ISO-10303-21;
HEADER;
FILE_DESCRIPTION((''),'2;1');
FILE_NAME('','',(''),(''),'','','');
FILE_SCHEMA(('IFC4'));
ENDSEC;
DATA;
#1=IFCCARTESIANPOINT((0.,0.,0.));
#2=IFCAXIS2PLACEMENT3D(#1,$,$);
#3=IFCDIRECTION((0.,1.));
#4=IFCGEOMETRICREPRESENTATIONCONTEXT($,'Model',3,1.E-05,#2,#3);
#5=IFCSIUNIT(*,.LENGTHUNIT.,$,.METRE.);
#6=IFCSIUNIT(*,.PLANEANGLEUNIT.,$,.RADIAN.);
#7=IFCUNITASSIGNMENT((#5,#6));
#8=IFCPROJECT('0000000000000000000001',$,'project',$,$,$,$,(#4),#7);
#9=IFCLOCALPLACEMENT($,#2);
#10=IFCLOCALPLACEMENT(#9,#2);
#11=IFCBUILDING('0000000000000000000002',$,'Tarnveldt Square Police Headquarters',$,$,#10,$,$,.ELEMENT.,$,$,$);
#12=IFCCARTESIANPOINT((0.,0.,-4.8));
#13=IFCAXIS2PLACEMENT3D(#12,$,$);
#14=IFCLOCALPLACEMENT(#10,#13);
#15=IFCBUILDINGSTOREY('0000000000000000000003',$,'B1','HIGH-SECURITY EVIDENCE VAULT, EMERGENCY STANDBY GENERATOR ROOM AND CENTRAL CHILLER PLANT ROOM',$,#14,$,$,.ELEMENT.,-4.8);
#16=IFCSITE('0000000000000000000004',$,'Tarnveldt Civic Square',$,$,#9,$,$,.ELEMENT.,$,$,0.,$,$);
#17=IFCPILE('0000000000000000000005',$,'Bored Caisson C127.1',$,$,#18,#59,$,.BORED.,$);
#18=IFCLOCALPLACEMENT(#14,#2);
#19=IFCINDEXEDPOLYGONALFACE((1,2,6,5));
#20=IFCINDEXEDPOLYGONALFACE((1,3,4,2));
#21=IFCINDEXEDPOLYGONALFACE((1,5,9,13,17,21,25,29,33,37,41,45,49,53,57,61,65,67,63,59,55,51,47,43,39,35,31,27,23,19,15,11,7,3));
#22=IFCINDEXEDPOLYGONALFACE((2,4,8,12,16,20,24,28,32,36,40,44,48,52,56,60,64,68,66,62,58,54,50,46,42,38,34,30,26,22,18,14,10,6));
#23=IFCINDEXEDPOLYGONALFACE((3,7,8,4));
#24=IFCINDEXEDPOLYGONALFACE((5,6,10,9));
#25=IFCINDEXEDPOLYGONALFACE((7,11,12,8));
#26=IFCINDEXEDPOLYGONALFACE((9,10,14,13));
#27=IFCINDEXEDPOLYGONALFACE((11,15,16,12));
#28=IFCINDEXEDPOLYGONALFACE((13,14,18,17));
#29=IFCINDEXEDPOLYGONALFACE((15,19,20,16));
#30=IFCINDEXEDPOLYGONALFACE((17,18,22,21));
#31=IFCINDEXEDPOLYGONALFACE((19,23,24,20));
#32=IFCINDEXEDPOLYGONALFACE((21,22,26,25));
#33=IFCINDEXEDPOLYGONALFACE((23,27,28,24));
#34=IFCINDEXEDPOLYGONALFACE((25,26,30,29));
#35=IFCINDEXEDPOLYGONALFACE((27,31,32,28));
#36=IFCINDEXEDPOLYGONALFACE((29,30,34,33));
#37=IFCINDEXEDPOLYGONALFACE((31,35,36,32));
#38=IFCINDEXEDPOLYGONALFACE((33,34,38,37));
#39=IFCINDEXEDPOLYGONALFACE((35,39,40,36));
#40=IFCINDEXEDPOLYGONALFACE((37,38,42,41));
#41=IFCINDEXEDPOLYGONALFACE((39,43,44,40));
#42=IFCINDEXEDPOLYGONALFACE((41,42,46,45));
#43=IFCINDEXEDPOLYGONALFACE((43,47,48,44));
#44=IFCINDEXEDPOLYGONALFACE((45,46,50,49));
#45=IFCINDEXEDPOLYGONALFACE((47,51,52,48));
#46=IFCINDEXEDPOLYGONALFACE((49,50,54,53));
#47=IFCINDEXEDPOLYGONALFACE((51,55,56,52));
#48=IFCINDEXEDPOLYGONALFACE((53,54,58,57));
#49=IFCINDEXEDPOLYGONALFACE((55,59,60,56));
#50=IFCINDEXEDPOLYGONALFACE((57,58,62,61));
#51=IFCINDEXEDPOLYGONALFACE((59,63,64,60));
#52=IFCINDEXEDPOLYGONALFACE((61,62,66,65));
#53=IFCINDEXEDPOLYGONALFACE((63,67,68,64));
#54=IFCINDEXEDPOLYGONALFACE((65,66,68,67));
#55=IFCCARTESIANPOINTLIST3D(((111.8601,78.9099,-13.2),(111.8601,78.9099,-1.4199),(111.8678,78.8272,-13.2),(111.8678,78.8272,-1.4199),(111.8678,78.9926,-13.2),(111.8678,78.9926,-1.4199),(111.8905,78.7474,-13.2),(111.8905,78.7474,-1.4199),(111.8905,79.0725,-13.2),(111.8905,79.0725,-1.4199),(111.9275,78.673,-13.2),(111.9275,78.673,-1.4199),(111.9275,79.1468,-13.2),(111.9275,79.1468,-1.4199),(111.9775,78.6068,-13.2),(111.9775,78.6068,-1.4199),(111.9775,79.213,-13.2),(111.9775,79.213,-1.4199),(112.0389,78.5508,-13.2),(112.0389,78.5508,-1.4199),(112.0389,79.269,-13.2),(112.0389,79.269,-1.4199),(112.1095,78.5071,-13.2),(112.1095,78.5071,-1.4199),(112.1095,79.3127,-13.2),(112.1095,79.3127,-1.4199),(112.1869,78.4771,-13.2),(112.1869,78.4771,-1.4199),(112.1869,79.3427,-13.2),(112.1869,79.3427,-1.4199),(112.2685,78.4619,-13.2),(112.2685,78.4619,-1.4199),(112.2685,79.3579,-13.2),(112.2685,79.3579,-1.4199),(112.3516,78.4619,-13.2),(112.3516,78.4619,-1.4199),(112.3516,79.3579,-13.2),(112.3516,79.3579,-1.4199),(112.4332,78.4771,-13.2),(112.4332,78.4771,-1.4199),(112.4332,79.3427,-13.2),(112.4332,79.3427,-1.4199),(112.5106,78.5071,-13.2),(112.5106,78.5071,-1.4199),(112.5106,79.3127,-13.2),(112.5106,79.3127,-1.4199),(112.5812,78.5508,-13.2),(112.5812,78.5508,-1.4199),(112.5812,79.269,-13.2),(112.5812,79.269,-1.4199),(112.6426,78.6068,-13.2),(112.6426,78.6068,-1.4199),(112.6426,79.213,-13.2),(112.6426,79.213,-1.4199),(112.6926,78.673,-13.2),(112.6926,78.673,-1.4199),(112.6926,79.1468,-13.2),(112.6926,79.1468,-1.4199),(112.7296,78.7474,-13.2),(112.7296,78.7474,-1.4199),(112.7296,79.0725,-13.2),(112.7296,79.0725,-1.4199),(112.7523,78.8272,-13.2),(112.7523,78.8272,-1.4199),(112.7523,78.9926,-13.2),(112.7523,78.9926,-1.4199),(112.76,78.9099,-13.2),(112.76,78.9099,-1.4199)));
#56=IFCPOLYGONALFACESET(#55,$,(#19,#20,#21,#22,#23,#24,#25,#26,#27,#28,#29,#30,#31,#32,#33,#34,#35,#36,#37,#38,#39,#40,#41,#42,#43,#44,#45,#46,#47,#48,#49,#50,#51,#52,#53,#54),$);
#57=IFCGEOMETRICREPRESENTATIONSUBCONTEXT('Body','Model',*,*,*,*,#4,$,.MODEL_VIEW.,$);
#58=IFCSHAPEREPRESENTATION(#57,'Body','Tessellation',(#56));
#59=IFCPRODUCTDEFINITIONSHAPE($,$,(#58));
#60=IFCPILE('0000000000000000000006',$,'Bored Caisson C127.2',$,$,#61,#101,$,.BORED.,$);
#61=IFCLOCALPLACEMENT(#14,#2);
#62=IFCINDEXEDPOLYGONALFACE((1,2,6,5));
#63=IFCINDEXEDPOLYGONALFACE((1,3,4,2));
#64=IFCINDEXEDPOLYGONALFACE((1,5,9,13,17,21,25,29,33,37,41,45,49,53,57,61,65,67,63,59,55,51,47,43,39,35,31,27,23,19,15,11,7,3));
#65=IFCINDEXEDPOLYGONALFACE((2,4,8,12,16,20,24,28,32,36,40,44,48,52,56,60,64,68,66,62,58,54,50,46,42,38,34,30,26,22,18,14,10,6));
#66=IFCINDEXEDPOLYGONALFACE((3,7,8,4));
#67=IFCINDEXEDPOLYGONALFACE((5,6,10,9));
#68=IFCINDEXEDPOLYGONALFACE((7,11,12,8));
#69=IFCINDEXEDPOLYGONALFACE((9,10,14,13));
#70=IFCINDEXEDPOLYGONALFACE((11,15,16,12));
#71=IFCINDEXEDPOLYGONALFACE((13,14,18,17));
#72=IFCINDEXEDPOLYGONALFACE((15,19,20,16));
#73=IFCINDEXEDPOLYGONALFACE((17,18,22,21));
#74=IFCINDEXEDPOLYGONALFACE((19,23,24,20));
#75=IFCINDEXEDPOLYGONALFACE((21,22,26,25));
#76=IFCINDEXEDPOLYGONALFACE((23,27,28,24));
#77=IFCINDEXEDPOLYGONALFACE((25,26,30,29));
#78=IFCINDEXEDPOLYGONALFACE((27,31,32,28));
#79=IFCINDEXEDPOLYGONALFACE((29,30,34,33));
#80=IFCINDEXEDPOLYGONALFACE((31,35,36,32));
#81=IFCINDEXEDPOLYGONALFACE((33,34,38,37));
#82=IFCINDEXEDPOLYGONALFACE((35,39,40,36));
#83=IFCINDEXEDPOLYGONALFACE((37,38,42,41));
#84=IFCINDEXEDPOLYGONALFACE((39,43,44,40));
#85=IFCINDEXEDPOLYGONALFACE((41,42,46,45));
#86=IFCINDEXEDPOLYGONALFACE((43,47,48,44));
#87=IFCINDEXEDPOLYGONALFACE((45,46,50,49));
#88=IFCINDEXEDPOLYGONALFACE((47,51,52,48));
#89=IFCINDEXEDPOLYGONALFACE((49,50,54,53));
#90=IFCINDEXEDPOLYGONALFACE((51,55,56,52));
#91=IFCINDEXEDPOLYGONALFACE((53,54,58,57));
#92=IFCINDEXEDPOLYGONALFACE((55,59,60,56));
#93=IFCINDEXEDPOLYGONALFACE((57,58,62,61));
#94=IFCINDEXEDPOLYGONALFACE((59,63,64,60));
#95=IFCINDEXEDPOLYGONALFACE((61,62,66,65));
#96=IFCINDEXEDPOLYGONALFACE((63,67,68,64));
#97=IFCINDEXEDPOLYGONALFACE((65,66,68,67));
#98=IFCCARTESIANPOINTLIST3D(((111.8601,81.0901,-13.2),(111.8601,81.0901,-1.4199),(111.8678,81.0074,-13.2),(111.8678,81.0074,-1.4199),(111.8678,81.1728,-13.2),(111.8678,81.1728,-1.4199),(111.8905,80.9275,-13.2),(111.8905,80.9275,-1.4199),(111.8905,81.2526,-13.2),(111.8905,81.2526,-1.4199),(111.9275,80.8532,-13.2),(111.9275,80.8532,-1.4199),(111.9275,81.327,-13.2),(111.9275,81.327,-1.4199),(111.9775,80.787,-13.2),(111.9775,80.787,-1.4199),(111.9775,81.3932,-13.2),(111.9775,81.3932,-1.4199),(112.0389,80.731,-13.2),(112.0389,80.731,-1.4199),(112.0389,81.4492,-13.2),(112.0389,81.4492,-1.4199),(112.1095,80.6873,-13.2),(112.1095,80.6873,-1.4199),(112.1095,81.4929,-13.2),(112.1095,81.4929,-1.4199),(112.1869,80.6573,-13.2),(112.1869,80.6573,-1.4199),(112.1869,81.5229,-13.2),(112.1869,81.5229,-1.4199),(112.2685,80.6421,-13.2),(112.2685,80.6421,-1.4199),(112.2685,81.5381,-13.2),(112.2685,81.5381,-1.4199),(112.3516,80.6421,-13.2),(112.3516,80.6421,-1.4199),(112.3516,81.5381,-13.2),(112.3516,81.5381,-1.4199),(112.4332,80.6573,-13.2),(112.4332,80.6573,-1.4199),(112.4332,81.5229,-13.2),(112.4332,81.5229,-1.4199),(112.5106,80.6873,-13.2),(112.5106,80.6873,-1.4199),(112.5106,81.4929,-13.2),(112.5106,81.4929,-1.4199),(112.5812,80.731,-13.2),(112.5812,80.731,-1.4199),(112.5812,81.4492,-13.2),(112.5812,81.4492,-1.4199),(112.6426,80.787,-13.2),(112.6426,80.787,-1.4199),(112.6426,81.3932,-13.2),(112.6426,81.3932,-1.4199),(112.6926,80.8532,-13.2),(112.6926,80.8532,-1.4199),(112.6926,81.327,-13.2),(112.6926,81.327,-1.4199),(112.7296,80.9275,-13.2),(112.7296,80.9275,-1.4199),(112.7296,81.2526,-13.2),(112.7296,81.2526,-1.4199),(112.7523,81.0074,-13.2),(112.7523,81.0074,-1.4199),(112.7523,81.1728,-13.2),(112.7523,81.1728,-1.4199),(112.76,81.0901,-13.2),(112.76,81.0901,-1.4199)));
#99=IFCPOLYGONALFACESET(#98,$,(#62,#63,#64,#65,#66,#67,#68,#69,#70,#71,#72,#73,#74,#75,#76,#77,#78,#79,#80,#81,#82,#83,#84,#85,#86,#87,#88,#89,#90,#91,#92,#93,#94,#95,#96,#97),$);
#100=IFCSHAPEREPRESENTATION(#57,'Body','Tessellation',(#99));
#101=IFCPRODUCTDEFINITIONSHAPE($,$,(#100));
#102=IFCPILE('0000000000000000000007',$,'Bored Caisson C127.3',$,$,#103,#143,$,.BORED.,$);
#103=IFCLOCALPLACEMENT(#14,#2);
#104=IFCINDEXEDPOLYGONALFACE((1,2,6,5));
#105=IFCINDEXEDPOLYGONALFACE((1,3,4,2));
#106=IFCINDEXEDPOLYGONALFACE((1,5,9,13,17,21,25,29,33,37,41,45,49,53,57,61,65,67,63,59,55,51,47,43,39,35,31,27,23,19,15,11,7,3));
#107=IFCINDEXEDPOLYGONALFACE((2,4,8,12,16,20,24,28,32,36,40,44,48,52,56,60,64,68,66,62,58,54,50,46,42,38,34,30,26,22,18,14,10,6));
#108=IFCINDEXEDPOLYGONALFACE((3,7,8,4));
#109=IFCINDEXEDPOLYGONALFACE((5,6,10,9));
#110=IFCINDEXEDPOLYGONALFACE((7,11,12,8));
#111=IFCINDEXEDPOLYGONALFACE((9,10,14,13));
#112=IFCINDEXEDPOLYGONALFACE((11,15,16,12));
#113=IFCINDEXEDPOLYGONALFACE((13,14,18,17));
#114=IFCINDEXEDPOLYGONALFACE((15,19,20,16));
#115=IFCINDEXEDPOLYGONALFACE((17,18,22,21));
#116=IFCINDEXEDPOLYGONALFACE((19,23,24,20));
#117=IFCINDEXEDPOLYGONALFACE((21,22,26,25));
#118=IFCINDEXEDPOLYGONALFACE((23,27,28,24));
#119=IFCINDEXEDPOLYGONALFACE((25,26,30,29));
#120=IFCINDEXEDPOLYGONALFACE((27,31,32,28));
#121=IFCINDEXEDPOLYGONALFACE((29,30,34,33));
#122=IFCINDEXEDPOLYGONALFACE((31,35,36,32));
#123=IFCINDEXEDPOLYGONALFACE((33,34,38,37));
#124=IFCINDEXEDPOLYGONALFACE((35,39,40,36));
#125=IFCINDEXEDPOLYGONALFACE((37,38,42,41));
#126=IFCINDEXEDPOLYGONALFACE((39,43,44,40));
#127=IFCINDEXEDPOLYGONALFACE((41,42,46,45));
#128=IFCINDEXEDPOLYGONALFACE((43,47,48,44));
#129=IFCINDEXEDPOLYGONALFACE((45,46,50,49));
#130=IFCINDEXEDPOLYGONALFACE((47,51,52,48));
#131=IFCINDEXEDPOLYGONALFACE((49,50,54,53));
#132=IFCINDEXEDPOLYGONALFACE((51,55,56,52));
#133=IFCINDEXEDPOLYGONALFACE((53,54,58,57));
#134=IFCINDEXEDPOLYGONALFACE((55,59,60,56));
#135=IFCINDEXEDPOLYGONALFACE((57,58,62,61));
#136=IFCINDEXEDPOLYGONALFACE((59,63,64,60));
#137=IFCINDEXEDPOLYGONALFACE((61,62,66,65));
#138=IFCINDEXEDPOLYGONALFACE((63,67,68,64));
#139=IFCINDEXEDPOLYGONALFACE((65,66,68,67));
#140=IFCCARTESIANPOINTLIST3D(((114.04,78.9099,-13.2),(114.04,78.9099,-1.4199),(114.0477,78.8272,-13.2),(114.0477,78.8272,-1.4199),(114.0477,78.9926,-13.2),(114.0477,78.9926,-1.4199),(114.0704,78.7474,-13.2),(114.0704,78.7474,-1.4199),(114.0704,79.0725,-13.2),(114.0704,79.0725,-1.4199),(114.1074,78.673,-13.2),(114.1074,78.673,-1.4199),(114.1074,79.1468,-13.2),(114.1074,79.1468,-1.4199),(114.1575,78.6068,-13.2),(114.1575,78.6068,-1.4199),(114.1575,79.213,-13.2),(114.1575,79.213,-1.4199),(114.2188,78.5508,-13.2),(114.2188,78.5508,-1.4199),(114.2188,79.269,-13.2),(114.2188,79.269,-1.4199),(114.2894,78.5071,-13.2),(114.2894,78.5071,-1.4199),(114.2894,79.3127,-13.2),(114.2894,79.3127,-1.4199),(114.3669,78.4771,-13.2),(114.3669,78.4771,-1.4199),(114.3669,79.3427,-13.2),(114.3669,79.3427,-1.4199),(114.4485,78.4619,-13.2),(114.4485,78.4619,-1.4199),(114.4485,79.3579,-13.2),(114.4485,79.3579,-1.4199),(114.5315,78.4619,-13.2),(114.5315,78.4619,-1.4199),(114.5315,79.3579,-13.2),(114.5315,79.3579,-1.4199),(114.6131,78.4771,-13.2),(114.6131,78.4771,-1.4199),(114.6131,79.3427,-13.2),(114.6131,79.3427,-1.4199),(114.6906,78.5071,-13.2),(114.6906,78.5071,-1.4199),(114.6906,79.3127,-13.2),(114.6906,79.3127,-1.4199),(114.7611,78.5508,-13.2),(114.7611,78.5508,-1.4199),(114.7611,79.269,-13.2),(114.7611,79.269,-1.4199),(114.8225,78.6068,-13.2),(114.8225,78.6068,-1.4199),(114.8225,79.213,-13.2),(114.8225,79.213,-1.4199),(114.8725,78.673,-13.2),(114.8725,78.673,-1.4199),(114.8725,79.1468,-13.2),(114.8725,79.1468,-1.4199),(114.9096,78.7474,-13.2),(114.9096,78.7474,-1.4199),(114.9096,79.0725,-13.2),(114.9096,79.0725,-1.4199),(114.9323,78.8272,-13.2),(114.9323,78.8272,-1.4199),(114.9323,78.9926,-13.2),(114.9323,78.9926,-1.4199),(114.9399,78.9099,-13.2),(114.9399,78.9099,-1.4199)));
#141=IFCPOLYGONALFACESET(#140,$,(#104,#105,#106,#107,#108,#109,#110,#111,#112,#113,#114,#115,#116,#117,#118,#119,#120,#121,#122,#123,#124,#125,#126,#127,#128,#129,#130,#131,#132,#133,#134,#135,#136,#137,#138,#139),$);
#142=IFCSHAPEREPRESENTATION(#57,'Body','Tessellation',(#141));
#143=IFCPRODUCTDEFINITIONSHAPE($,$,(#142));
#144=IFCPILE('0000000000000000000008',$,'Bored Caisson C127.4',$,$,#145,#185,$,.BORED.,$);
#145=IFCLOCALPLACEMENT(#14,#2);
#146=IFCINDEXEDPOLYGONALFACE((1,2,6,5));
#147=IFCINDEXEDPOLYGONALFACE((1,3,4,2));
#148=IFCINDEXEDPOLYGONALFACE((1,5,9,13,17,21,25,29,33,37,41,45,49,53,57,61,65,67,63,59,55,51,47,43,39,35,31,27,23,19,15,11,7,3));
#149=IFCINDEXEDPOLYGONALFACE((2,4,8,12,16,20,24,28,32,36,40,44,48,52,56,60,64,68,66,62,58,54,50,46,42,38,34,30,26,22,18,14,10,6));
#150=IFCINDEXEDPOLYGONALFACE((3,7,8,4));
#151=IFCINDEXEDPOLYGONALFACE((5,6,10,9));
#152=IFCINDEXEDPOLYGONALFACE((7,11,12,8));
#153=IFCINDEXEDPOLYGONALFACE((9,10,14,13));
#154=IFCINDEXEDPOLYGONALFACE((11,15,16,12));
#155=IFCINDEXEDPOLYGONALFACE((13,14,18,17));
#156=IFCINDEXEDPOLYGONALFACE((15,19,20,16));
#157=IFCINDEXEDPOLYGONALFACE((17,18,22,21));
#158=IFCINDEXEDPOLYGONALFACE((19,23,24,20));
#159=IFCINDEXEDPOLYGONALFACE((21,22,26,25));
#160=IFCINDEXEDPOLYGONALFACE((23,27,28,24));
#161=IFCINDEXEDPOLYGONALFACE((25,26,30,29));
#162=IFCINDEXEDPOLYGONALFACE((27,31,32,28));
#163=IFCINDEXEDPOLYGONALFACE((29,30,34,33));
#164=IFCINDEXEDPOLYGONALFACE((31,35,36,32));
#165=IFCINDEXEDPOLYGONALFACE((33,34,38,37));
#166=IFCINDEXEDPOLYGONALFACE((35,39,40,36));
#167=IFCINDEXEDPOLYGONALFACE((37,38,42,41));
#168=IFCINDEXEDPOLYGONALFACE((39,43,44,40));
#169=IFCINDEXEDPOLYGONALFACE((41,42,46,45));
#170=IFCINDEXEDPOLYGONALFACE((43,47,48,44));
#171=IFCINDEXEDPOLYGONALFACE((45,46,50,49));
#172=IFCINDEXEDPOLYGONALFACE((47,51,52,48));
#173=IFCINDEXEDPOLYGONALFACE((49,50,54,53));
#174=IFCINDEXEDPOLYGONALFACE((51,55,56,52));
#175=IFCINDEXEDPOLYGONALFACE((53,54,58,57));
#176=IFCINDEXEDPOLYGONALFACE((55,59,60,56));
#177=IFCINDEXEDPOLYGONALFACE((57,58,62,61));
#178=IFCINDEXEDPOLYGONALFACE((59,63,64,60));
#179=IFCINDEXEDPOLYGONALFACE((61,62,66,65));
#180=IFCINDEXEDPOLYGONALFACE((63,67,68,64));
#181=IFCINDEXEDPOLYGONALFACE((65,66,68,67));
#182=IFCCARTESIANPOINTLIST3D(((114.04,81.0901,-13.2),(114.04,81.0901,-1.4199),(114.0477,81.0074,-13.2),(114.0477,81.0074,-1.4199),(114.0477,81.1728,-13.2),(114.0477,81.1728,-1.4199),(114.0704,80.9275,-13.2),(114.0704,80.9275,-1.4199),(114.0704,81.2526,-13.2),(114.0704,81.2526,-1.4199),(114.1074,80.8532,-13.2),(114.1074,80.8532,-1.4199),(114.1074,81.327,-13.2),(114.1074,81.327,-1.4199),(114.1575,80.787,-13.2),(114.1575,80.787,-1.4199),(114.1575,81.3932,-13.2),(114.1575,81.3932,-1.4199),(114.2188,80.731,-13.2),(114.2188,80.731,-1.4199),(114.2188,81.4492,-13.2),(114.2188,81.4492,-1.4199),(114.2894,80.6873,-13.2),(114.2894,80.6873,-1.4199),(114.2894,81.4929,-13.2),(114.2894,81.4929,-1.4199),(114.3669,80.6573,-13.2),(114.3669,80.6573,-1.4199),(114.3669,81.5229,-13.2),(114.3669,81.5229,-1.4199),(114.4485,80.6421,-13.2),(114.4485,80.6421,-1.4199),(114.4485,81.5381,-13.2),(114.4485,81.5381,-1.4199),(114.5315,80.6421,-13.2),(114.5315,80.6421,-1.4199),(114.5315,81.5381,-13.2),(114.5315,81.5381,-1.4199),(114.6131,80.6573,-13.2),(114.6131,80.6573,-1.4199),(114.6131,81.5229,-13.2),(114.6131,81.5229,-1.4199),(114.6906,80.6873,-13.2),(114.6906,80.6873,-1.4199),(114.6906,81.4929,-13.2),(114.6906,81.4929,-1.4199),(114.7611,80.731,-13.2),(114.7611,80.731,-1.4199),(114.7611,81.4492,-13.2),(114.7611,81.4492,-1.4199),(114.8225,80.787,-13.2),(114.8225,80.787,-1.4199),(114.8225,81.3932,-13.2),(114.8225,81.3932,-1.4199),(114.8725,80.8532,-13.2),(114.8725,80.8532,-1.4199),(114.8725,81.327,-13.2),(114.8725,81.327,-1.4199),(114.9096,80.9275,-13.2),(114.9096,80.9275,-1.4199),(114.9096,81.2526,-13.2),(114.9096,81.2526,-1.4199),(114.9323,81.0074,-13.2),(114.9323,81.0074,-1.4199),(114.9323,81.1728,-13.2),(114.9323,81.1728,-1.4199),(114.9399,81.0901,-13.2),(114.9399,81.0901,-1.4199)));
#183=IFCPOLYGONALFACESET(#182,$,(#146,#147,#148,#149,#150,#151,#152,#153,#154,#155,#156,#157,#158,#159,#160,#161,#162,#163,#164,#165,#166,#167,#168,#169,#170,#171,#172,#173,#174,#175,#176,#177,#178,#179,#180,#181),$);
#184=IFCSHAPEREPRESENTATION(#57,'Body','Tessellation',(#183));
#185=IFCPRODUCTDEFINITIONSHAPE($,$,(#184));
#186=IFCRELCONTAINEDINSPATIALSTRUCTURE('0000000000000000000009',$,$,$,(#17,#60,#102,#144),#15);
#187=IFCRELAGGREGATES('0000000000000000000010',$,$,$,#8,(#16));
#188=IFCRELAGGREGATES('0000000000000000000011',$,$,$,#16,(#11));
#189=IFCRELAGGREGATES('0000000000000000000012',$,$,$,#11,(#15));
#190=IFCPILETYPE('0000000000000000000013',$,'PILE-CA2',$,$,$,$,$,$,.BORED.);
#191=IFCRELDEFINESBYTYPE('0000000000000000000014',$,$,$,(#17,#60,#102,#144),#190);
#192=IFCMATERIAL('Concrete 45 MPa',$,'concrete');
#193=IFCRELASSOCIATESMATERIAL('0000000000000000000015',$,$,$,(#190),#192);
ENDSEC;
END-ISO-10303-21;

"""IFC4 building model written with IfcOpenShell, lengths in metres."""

from ifc_helpers import new_model, si_unit, direction, frame, origin, origin_2d, place, context, subcontext, project, spatial, circle, extrude, material, material_profile, profile_set, type_object, element, save


model = new_model("IFC4")

# Units and contexts
model_context = context("Model", 3, precision=1e-05, world=origin(), true_north=direction((0.0, 1.0)))
body_context = subcontext(model_context, "Body", "Model", "MODEL_VIEW")
ifc_project = project(units=[si_unit("LENGTHUNIT", "METRE"), si_unit("PLANEANGLEUNIT", "RADIAN")], contexts=[model_context])

# Site, building, storey
site_placement = place(None, origin())
site = spatial("IfcSite", under=ifc_project, at=site_placement, Name="Tarnveldt Civic Square", CompositionType="ELEMENT", RefElevation=0.0)
building_placement = place(site_placement, origin())
building = spatial("IfcBuilding", under=site, at=building_placement, Name="Tarnveldt Square Police Headquarters", CompositionType="ELEMENT")
storey_placement = place(building_placement, frame((0.0, 0.0, -4.8)))
storey = spatial("IfcBuildingStorey", under=building, at=storey_placement, Name="B1", Description="HIGH-SECURITY EVIDENCE VAULT, EMERGENCY STANDBY GENERATOR ROOM AND CENTRAL CHILLER PLANT ROOM", CompositionType="ELEMENT", Elevation=-4.8)

# Shared definitions
ifc_material_1 = material(Name="Concrete 45 MPa", Category="concrete")

# Piles
ifc_material_profile_1 = material_profile(ifc_material_1, circle(Radius=0.45, at=origin_2d()), Name="CAISSON-D900")
ifc_profile_set_1 = profile_set([ifc_material_profile_1], Name="Concrete 45 MPa")
pile_type_1 = type_object("IfcPileType", Name="PILE-CA2", PredefinedType="BORED", material=ifc_profile_set_1)
for number, where, z_axis, x_axis, name in (
    (1, (112.3101, 78.9099, -1.4199), (0.0, 0.0, -1.0), (1.0, 0.0, 0.0), "Bored Caisson C127.1"),
    (2, (112.3101, 81.0901, -1.4199), (0.0, 0.0, -1.0), (1.0, 0.0, 0.0), "Bored Caisson C127.2"),
    (3, (114.49, 78.9099, -1.4199), (0.0, 0.0, -1.0), (1.0, 0.0, 0.0), "Bored Caisson C127.3"),
    (4, (114.49, 81.0901, -1.4199), (0.0, 0.0, -1.0), (1.0, 0.0, 0.0), "Bored Caisson C127.4"),
):
    element("IfcPile", number, at=place(storey_placement, frame(where, z_axis=z_axis, x_axis=x_axis)), inside=storey, type_object=pile_type_1, Name=name, PredefinedType="BORED", context=body_context, shape_type="SweptSolid", body=[
        extrude(circle(Radius=0.45, at=origin_2d()), origin(), (0.0, 0.0, 1.0), 11.78),
    ])

save(model, "model.ifc")
